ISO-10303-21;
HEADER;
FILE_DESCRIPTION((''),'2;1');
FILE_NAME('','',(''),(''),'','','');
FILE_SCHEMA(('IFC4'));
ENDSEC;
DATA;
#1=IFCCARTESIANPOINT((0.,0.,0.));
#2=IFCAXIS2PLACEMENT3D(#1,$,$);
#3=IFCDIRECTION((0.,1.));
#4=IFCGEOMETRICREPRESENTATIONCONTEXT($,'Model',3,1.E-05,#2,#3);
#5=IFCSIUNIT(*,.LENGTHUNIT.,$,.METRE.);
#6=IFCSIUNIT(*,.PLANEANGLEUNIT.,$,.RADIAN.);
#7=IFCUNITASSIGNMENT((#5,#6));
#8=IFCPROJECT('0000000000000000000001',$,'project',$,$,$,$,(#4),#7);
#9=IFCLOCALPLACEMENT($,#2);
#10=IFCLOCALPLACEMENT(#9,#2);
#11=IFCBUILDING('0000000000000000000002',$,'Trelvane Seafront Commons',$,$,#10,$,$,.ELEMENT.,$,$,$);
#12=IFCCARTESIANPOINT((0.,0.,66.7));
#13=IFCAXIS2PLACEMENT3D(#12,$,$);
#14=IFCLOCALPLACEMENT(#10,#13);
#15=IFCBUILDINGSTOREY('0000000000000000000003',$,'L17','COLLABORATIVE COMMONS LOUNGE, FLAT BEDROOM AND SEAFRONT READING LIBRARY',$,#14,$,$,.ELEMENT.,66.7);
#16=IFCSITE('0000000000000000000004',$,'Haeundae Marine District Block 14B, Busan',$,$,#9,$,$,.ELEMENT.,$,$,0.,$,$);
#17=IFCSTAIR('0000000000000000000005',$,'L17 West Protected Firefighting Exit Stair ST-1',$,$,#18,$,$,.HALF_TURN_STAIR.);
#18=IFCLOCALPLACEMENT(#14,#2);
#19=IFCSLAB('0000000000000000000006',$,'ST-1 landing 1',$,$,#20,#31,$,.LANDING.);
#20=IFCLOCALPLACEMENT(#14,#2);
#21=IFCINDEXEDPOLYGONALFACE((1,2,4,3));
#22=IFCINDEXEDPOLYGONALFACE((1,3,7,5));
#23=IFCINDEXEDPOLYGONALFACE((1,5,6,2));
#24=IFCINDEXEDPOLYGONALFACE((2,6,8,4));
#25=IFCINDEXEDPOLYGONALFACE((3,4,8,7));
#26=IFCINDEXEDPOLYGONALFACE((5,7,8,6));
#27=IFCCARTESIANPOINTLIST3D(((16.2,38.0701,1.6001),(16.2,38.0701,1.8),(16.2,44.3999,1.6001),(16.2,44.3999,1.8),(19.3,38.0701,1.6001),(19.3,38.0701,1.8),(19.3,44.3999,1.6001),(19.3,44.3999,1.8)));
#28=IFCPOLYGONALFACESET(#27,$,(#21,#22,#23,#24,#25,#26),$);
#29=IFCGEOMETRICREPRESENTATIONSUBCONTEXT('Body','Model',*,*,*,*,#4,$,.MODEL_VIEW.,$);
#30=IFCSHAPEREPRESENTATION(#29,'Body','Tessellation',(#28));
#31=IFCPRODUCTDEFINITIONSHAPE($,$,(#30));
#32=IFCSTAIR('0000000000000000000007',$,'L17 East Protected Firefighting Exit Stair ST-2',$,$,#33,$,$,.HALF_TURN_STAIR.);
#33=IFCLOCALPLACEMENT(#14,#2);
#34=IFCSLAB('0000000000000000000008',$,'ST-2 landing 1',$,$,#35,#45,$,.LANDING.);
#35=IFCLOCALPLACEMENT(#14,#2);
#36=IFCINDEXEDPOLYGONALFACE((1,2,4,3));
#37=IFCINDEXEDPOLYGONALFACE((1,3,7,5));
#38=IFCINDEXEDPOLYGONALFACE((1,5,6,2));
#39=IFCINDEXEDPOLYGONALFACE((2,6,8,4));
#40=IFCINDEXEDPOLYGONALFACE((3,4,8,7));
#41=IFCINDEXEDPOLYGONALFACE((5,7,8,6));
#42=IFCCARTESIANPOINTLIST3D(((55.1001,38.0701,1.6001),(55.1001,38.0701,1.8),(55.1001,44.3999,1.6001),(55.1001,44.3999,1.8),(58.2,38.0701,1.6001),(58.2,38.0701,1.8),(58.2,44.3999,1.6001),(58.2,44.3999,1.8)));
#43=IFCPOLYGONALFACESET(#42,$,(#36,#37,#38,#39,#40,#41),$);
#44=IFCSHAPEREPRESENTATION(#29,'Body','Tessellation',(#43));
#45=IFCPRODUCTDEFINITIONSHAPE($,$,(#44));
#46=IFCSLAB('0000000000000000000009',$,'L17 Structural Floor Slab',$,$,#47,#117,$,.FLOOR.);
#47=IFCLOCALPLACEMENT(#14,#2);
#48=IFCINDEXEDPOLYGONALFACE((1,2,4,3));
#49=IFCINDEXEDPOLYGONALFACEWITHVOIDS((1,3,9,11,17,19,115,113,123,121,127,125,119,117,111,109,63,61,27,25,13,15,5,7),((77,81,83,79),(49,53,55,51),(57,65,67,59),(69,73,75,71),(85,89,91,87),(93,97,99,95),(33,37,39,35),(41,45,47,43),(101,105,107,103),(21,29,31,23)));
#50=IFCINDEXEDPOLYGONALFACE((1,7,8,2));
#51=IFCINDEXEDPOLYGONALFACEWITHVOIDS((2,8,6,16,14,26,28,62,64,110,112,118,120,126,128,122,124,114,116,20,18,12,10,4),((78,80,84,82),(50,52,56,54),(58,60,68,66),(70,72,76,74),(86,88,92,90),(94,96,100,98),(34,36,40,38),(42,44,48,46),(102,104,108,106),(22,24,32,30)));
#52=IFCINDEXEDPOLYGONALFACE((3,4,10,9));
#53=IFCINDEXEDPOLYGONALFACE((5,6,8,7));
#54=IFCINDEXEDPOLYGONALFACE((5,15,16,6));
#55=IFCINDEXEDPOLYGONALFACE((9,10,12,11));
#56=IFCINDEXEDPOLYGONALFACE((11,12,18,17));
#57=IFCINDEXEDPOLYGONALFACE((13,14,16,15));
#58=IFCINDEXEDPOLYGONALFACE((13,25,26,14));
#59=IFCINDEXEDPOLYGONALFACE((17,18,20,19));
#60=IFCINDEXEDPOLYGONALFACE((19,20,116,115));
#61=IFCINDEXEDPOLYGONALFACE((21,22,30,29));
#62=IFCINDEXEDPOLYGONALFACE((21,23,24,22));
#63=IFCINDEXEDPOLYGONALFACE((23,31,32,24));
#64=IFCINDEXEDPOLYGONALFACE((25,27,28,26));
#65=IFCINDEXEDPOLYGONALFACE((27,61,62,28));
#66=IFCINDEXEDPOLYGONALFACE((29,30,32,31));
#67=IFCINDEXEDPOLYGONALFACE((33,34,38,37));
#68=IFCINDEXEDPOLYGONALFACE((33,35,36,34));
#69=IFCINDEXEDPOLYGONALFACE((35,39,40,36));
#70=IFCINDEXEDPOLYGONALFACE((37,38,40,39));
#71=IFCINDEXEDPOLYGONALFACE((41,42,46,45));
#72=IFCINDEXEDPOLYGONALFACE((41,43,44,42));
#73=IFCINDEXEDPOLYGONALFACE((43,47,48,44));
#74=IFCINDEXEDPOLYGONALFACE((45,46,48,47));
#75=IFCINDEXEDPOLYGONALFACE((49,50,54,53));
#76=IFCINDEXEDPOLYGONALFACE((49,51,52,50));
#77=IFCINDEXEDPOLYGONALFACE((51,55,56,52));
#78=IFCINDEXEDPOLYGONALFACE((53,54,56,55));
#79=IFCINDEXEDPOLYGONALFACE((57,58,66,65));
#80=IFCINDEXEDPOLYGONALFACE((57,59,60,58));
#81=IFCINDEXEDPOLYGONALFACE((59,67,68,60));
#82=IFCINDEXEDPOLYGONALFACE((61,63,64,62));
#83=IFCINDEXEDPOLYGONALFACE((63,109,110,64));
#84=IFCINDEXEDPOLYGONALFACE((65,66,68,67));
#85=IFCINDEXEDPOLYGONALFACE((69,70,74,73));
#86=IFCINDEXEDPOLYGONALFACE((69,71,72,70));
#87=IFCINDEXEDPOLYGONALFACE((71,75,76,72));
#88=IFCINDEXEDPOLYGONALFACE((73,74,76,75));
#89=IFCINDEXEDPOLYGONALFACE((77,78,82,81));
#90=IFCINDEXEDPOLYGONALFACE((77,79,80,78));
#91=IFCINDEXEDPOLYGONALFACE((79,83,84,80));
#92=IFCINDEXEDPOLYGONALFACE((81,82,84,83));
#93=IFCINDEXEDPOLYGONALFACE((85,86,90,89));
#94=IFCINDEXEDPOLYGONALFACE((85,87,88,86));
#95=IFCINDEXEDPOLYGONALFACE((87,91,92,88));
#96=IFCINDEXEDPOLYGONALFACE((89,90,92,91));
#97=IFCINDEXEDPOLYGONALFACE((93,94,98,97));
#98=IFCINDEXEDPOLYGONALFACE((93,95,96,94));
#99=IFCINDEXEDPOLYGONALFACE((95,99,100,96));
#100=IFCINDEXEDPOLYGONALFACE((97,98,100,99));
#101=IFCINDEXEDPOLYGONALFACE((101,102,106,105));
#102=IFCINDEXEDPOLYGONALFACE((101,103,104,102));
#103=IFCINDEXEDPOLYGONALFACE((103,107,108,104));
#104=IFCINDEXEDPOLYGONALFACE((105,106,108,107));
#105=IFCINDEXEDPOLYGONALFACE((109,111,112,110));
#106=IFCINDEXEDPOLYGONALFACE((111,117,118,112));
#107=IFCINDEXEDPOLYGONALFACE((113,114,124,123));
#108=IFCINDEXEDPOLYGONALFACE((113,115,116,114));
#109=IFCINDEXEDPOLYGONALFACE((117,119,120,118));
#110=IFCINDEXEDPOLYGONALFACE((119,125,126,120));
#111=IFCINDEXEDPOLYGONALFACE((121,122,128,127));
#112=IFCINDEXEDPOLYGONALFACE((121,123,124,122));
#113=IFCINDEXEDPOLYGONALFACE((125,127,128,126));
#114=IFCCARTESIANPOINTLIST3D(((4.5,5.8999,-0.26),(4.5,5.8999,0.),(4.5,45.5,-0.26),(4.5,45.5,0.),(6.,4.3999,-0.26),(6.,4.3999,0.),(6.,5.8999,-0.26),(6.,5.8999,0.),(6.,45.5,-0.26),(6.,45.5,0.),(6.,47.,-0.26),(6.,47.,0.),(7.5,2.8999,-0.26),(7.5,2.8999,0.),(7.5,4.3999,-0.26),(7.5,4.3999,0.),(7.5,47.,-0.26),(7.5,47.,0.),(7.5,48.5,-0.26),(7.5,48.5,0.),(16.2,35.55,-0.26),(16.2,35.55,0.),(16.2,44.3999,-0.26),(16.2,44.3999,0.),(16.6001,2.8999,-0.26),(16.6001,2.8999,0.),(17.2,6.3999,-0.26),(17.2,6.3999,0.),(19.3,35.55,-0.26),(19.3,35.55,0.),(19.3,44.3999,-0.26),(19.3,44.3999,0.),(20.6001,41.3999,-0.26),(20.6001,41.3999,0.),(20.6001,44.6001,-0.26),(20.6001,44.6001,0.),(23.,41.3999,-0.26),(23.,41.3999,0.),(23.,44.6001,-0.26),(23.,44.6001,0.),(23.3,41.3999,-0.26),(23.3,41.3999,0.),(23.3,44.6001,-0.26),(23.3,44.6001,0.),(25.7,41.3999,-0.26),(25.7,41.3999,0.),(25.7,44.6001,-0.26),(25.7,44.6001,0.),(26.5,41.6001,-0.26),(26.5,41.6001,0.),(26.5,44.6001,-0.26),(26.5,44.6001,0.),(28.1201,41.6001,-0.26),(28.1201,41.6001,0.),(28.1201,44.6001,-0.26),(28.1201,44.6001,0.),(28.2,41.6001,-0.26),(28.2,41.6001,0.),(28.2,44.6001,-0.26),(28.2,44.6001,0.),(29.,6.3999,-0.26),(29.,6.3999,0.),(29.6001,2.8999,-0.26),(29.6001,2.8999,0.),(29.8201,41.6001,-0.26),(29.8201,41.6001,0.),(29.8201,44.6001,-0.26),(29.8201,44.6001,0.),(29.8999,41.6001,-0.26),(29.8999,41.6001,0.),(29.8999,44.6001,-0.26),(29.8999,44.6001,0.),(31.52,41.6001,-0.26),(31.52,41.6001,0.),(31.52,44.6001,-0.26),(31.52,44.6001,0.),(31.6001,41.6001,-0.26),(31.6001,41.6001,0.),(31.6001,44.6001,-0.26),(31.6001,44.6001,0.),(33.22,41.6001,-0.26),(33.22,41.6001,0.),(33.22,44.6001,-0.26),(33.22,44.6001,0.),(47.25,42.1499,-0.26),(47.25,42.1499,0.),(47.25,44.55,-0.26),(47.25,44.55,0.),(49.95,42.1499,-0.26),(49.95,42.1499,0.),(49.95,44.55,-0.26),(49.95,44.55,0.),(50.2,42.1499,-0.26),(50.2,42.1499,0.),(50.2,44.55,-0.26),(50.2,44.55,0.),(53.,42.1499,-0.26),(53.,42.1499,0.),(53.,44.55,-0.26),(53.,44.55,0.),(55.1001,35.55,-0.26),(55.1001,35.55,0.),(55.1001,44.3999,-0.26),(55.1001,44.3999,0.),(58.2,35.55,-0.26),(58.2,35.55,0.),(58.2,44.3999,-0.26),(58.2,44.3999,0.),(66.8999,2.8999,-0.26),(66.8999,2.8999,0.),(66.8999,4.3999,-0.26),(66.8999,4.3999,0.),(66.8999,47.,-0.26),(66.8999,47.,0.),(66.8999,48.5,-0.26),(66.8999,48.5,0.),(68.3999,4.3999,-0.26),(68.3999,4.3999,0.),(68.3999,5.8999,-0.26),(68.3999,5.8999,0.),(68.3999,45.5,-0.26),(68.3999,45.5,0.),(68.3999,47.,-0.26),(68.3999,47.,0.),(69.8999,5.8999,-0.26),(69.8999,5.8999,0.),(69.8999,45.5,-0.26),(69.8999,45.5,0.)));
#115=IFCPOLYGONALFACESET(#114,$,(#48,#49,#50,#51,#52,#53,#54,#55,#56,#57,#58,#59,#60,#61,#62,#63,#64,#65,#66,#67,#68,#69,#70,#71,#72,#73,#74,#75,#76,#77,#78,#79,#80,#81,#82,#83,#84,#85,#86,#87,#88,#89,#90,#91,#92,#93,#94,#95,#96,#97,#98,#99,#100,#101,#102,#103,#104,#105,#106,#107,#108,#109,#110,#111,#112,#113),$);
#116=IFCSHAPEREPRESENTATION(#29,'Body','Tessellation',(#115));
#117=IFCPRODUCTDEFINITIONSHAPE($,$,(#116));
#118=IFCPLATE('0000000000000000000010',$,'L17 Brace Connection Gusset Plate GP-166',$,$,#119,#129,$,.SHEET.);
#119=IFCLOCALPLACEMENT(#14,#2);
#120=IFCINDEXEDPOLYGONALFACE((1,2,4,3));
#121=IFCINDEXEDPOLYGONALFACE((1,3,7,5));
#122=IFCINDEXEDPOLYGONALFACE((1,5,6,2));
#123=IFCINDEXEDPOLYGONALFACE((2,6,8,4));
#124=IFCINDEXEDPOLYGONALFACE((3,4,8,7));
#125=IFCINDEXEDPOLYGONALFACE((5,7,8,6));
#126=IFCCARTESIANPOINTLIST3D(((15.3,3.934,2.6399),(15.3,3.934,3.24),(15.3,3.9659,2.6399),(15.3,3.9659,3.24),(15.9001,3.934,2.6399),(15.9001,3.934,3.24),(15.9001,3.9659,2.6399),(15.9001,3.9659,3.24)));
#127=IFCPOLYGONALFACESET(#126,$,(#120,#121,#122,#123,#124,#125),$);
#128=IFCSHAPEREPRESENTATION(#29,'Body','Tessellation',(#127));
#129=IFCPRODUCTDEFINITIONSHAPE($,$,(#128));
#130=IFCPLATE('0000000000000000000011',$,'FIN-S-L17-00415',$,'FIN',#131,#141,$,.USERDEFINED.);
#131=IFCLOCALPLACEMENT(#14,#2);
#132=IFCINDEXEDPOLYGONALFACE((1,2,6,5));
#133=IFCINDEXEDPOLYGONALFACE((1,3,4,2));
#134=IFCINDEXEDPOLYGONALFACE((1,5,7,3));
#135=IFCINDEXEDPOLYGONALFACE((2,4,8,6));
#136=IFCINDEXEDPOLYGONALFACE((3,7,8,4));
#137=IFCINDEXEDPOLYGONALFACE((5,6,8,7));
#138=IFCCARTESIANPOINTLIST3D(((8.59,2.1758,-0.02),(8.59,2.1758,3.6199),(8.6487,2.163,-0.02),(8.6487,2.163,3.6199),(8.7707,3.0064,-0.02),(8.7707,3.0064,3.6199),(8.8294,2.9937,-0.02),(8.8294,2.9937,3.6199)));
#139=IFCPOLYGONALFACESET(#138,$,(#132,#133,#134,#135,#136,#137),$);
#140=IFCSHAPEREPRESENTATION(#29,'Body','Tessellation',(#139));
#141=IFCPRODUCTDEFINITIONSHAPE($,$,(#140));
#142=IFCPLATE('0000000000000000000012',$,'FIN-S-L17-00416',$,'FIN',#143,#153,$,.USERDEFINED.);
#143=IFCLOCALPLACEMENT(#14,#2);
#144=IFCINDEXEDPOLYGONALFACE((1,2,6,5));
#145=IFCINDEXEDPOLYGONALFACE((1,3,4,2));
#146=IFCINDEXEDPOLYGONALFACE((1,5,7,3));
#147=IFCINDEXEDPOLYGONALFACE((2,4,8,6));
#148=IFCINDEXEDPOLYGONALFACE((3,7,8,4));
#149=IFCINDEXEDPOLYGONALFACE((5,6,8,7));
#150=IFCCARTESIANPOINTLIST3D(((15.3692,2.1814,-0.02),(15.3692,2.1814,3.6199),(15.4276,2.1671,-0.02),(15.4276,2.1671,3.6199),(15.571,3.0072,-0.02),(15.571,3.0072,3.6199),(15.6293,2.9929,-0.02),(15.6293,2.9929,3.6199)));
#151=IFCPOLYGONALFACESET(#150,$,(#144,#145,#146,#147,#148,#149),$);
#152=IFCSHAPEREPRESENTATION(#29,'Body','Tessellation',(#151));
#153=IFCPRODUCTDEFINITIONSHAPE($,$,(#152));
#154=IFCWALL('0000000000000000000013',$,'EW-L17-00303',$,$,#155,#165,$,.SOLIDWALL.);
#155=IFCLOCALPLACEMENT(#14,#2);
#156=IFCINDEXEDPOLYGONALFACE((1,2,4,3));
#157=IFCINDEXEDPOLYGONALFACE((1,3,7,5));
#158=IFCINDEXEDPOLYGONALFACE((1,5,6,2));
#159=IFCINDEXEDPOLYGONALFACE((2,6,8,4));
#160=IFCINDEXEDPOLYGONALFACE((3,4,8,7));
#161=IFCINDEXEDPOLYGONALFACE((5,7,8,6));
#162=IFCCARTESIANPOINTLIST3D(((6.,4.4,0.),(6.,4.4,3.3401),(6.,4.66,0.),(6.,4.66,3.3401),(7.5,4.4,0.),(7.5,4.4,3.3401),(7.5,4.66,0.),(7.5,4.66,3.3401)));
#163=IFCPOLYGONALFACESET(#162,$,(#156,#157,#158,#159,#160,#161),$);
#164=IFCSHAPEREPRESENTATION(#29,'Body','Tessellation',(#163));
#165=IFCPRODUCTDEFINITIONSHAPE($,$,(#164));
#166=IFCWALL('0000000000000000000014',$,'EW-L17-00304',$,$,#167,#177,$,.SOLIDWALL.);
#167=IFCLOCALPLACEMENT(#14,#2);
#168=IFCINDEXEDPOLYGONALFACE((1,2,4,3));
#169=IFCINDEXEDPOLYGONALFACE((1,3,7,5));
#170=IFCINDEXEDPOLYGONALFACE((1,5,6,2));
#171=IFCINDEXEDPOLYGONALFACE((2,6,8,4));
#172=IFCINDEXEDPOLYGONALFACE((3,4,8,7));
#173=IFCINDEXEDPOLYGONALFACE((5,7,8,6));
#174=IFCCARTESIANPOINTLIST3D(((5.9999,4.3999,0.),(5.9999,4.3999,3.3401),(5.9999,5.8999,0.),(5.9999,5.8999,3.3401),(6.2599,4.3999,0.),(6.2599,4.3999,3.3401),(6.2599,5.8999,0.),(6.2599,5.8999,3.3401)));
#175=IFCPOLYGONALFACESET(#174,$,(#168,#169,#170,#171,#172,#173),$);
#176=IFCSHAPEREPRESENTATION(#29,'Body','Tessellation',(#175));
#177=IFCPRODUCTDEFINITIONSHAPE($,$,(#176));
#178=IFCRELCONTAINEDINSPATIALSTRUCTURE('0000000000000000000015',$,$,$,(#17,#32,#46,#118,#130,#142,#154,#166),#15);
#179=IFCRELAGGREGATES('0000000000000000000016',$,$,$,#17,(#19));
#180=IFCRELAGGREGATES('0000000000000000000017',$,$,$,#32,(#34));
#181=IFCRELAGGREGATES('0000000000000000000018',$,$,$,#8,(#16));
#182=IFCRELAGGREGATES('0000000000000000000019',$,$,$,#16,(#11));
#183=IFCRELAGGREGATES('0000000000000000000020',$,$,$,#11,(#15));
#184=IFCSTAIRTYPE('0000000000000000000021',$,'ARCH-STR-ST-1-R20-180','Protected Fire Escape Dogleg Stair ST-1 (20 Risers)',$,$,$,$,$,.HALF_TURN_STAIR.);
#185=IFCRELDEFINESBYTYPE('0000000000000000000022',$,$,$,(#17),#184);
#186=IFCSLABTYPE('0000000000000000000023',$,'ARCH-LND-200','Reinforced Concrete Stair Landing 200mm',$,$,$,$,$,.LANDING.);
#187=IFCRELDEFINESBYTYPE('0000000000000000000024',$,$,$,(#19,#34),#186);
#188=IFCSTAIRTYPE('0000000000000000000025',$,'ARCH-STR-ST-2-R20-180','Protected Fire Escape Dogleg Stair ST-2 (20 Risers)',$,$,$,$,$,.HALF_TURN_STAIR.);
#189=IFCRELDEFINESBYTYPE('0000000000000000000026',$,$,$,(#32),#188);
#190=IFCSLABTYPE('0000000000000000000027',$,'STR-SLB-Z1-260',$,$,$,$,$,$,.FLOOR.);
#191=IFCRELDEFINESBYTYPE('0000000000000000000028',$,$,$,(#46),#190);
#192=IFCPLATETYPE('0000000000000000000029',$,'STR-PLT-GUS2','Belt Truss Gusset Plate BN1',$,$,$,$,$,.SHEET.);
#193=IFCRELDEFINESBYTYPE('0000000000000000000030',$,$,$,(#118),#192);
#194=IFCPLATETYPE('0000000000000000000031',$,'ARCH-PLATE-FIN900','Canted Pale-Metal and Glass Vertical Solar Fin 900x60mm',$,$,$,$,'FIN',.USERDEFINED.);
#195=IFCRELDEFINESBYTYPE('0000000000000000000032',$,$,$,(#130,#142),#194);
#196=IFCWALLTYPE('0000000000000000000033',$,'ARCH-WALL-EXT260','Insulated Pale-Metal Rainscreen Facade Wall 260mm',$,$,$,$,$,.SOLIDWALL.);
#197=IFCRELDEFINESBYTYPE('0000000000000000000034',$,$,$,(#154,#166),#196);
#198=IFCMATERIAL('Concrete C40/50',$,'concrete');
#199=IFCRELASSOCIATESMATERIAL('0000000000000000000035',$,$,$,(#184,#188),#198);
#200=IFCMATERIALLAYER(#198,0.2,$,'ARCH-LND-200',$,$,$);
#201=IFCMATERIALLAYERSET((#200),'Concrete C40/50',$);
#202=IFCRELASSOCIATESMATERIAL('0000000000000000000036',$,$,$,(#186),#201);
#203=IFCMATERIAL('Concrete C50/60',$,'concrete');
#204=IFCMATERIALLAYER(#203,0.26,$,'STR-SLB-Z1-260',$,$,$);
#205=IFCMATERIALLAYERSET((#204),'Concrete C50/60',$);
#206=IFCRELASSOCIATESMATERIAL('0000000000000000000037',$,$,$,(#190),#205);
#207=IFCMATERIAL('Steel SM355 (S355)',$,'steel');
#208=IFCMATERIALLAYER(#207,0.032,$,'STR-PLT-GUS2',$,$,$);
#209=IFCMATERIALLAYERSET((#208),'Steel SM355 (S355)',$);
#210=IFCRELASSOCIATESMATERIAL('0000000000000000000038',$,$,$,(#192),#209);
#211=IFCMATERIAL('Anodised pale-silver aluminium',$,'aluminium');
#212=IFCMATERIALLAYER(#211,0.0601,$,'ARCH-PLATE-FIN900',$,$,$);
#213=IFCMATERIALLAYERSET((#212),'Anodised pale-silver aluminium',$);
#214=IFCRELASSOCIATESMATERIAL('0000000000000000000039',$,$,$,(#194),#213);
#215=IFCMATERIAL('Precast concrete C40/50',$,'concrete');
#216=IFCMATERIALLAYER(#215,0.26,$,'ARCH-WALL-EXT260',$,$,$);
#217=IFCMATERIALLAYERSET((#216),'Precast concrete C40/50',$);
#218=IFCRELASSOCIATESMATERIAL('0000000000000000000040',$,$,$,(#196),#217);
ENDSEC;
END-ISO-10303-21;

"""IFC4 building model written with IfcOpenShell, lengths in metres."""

from ifc_helpers import new_model, si_unit, direction, frame, frame_2d, origin, origin_2d, place, context, subcontext, project, spatial, polyline, rectangle, outline, extrude, source, transform, mapped, material, layer, layer_set, type_object, element, aggregate, save


model = new_model("IFC4")

# Units and contexts
model_context = context("Model", 3, precision=1e-05, world=origin(), true_north=direction((0.0, 1.0)))
body_context = subcontext(model_context, "Body", "Model", "MODEL_VIEW")
ifc_project = project(units=[si_unit("LENGTHUNIT", "METRE"), si_unit("PLANEANGLEUNIT", "RADIAN")], contexts=[model_context])

# Site, building, storey
site_placement = place(None, origin())
site = spatial("IfcSite", under=ifc_project, at=site_placement, Name="Haeundae Marine District Block 14B, Busan", CompositionType="ELEMENT", RefElevation=0.0)
building_placement = place(site_placement, origin())
building = spatial("IfcBuilding", under=site, at=building_placement, Name="Trelvane Seafront Commons", CompositionType="ELEMENT")
storey_placement = place(building_placement, frame((0.0, 0.0, 66.7)))
storey = spatial("IfcBuildingStorey", under=building, at=storey_placement, Name="L17", Description="COLLABORATIVE COMMONS LOUNGE, FLAT BEDROOM AND SEAFRONT READING LIBRARY", CompositionType="ELEMENT", Elevation=66.7)

# Shared definitions
ifc_material_1 = material(Name="Steel SM355 (S355)", Category="steel")

# Shared definitions
ifc_material_2 = material(Name="Concrete C40/50", Category="concrete")

# Stairs, slabs
stair_type_1 = type_object("IfcStairType", Name="ARCH-STR-ST-1-R20-180", Description="Protected Fire Escape Dogleg Stair ST-1 (20 Risers)", PredefinedType="HALF_TURN_STAIR", material=ifc_material_2)
stair_1_placement = place(storey_placement, origin())
stair_1 = element("IfcStair", 1, at=stair_1_placement, inside=storey, type_object=stair_type_1, Name="L17 West Protected Firefighting Exit Stair ST-1", PredefinedType="HALF_TURN_STAIR")
ifc_layer_1 = layer(ifc_material_2, 0.2, Name="ARCH-LND-200")
ifc_layer_set_1 = layer_set([ifc_layer_1], Name="Concrete C40/50")
slab_type_1 = type_object("IfcSlabType", Name="ARCH-LND-200", Description="Reinforced Concrete Stair Landing 200mm", PredefinedType="LANDING", material=ifc_layer_set_1)
slab_1_placement = place(storey_placement, frame((0.0, 0.0, 1.6001)))
slab_1 = element("IfcSlab", 2, at=slab_1_placement, type_object=slab_type_1, Name="ST-1 landing 1", PredefinedType="LANDING", context=body_context, shape_type="SweptSolid", body=[
    extrude(outline(polyline([(19.3, 38.0701), (19.3, 44.3999), (16.2, 44.3999), (16.2, 38.0701), (19.3, 38.0701)])), origin(), (0.0, 0.0, 1.0), 0.2),
])
aggregate(stair_1, [slab_1])
stair_type_2 = type_object("IfcStairType", Name="ARCH-STR-ST-2-R20-180", Description="Protected Fire Escape Dogleg Stair ST-2 (20 Risers)", PredefinedType="HALF_TURN_STAIR", material=ifc_material_2)
stair_2_placement = place(storey_placement, origin())
stair_2 = element("IfcStair", 3, at=stair_2_placement, inside=storey, type_object=stair_type_2, Name="L17 East Protected Firefighting Exit Stair ST-2", PredefinedType="HALF_TURN_STAIR")
slab_2_placement = place(storey_placement, frame((0.0, 0.0, 1.6001)))
slab_2 = element("IfcSlab", 4, at=slab_2_placement, type_object=slab_type_1, Name="ST-2 landing 1", PredefinedType="LANDING", context=body_context, shape_type="SweptSolid", body=[
    extrude(outline(polyline([(58.2, 38.0701), (58.2, 44.3999), (55.1001, 44.3999), (55.1001, 38.0701), (58.2, 38.0701)])), origin(), (0.0, 0.0, 1.0), 0.2),
])
aggregate(stair_2, [slab_2])

# Slab
ifc_material_3 = material(Name="Concrete C50/60", Category="concrete")
ifc_layer_2 = layer(ifc_material_3, 0.26, Name="STR-SLB-Z1-260")
ifc_layer_set_2 = layer_set([ifc_layer_2], Name="Concrete C50/60")
slab_type_2 = type_object("IfcSlabType", Name="STR-SLB-Z1-260", PredefinedType="FLOOR", material=ifc_layer_set_2)
slab_3_placement = place(storey_placement, frame((0.0, 0.0, -0.26)))
element("IfcSlab", 5, at=slab_3_placement, inside=storey, type_object=slab_type_2, Name="L17 Structural Floor Slab", PredefinedType="FLOOR", context=body_context, shape_type="SweptSolid", body=[
    extrude(outline(polyline([(7.5, 2.8999), (16.6001, 2.8999), (17.2, 6.3999), (29.0, 6.3999), (29.6001, 2.8999), (66.8999, 2.8999), (66.8999, 4.3999), (68.3999, 4.3999), (68.3999, 5.8999), (69.8999, 5.8999), (69.8999, 45.5), (68.3999, 45.5), (68.3999, 47.0), (66.8999, 47.0), (66.8999, 48.5), (7.5, 48.5), (7.5, 47.0), (6.0, 47.0), (6.0, 45.5), (4.5, 45.5), (4.5, 5.8999), (6.0, 5.8999), (6.0, 4.3999), (7.5, 4.3999), (7.5, 2.8999)]), holes=[polyline([(19.3, 35.55), (16.2, 35.55), (16.2, 44.3999), (19.3, 44.3999), (19.3, 35.55)]), polyline([(58.2, 35.55), (55.1001, 35.55), (55.1001, 44.3999), (58.2, 44.3999), (58.2, 35.55)]), polyline([(23.0, 41.3999), (20.6001, 41.3999), (20.6001, 44.6001), (23.0, 44.6001), (23.0, 41.3999)]), polyline([(23.3, 41.3999), (23.3, 44.6001), (25.7, 44.6001), (25.7, 41.3999), (23.3, 41.3999)]), polyline([(26.5, 41.6001), (26.5, 44.6001), (28.1201, 44.6001), (28.1201, 41.6001), (26.5, 41.6001)]), polyline([(29.8201, 41.6001), (28.2, 41.6001), (28.2, 44.6001), (29.8201, 44.6001), (29.8201, 41.6001)]), polyline([(31.52, 41.6001), (29.8999, 41.6001), (29.8999, 44.6001), (31.52, 44.6001), (31.52, 41.6001)]), polyline([(33.22, 41.6001), (31.6001, 41.6001), (31.6001, 44.6001), (33.22, 44.6001), (33.22, 41.6001)]), polyline([(47.25, 42.1499), (47.25, 44.55), (49.95, 44.55), (49.95, 42.1499), (47.25, 42.1499)]), polyline([(50.2, 42.1499), (50.2, 44.55), (53.0, 44.55), (53.0, 42.1499), (50.2, 42.1499)])]), origin(), (0.0, 0.0, 1.0), 0.26),
])

# Plates
ifc_layer_3 = layer(ifc_material_1, 0.032, Name="STR-PLT-GUS2")
ifc_layer_set_3 = layer_set([ifc_layer_3], Name="Steel SM355 (S355)")
plate_type_1 = type_object("IfcPlateType", Name="STR-PLT-GUS2", Description="Belt Truss Gusset Plate BN1", PredefinedType="SHEET", material=ifc_layer_set_3)
shared_shape_1 = source(origin(), body_context, "Body", "SweptSolid", [
    extrude(rectangle(XDim=0.6001, YDim=0.032, at=origin_2d()), origin(), (0.0, 0.0, 1.0), 0.6001),
])
plate_placement = place(storey_placement, frame((15.6001, 3.95, 2.6399), z_axis=(0.0, 0.0, 1.0), x_axis=(1.0, 0.0, 0.0)))
element("IfcPlate", 6, at=plate_placement, inside=storey, type_object=plate_type_1, Name="L17 Brace Connection Gusset Plate GP-166", PredefinedType="SHEET", context=body_context, shape_type="MappedRepresentation", body=[
    mapped(shared_shape_1, transform((0.0, 0.0, 0.0), x_axis=(1.0, 0.0, 0.0), y_axis=(0.0, 1.0, 0.0), z_axis=(0.0, 0.0, 1.0), scale=1.0)),
])
ifc_material_4 = material(Name="Anodised pale-silver aluminium", Category="aluminium")
ifc_layer_4 = layer(ifc_material_4, 0.0601, Name="ARCH-PLATE-FIN900")
ifc_layer_set_4 = layer_set([ifc_layer_4], Name="Anodised pale-silver aluminium")
plate_type_2 = type_object("IfcPlateType", Name="ARCH-PLATE-FIN900", Description="Canted Pale-Metal and Glass Vertical Solar Fin 900x60mm", ElementType="FIN", PredefinedType="USERDEFINED", material=ifc_layer_set_4)
shared_shape_2 = source(origin(), body_context, "Body", "SweptSolid", [
    extrude(rectangle(XDim=0.8501, YDim=0.0601, at=origin_2d()), origin(), (0.0, 0.0, 1.0), 3.6399),
])
for number, where, z_axis, x_axis, name in (
    (7, (8.7097, 2.5847, -0.02), (0.0, 0.0, 1.0), (-0.212582, -0.977143, 0.0), "FIN-S-L17-00415"),
    (8, (15.4993, 2.5872, -0.02), (0.0, 0.0, 1.0), (-0.237299, -0.971437, 0.0), "FIN-S-L17-00416"),
):
    element("IfcPlate", number, at=place(storey_placement, frame(where, z_axis=z_axis, x_axis=x_axis)), inside=storey, type_object=plate_type_2, Name=name, ObjectType="FIN", PredefinedType="USERDEFINED", context=body_context, shape_type="MappedRepresentation", body=[
        mapped(shared_shape_2, transform((0.0, 0.0, 0.0), x_axis=(1.0, 0.0, 0.0), y_axis=(0.0, 1.0, 0.0), z_axis=(0.0, 0.0, 1.0), scale=1.0)),
    ])

# Walls
ifc_material_5 = material(Name="Precast concrete C40/50", Category="concrete")
ifc_layer_5 = layer(ifc_material_5, 0.26, Name="ARCH-WALL-EXT260")
ifc_layer_set_5 = layer_set([ifc_layer_5], Name="Precast concrete C40/50")
wall_type_1 = type_object("IfcWallType", Name="ARCH-WALL-EXT260", Description="Insulated Pale-Metal Rainscreen Facade Wall 260mm", PredefinedType="SOLIDWALL", material=ifc_layer_set_5)
for number, where, z_axis, x_axis, name in (
    (9, (7.5, 4.53, 0.0), (0.0, 0.0, 1.0), (-1.0, 0.0, 0.0), "EW-L17-00303"),
    (10, (6.1299, 4.3999, 0.0), (0.0, 0.0, 1.0), (0.0, 1.0, 0.0), "EW-L17-00304"),
):
    element("IfcWall", number, at=place(storey_placement, frame(where, z_axis=z_axis, x_axis=x_axis)), inside=storey, type_object=wall_type_1, Name=name, PredefinedType="SOLIDWALL", context=body_context, shape_type="SweptSolid", body=[
        extrude(rectangle(XDim=1.5, YDim=0.26, at=frame_2d((0.75, 0.0))), origin(), (0.0, 0.0, 1.0), 3.3401),
    ])

save(model, "model.ifc")
